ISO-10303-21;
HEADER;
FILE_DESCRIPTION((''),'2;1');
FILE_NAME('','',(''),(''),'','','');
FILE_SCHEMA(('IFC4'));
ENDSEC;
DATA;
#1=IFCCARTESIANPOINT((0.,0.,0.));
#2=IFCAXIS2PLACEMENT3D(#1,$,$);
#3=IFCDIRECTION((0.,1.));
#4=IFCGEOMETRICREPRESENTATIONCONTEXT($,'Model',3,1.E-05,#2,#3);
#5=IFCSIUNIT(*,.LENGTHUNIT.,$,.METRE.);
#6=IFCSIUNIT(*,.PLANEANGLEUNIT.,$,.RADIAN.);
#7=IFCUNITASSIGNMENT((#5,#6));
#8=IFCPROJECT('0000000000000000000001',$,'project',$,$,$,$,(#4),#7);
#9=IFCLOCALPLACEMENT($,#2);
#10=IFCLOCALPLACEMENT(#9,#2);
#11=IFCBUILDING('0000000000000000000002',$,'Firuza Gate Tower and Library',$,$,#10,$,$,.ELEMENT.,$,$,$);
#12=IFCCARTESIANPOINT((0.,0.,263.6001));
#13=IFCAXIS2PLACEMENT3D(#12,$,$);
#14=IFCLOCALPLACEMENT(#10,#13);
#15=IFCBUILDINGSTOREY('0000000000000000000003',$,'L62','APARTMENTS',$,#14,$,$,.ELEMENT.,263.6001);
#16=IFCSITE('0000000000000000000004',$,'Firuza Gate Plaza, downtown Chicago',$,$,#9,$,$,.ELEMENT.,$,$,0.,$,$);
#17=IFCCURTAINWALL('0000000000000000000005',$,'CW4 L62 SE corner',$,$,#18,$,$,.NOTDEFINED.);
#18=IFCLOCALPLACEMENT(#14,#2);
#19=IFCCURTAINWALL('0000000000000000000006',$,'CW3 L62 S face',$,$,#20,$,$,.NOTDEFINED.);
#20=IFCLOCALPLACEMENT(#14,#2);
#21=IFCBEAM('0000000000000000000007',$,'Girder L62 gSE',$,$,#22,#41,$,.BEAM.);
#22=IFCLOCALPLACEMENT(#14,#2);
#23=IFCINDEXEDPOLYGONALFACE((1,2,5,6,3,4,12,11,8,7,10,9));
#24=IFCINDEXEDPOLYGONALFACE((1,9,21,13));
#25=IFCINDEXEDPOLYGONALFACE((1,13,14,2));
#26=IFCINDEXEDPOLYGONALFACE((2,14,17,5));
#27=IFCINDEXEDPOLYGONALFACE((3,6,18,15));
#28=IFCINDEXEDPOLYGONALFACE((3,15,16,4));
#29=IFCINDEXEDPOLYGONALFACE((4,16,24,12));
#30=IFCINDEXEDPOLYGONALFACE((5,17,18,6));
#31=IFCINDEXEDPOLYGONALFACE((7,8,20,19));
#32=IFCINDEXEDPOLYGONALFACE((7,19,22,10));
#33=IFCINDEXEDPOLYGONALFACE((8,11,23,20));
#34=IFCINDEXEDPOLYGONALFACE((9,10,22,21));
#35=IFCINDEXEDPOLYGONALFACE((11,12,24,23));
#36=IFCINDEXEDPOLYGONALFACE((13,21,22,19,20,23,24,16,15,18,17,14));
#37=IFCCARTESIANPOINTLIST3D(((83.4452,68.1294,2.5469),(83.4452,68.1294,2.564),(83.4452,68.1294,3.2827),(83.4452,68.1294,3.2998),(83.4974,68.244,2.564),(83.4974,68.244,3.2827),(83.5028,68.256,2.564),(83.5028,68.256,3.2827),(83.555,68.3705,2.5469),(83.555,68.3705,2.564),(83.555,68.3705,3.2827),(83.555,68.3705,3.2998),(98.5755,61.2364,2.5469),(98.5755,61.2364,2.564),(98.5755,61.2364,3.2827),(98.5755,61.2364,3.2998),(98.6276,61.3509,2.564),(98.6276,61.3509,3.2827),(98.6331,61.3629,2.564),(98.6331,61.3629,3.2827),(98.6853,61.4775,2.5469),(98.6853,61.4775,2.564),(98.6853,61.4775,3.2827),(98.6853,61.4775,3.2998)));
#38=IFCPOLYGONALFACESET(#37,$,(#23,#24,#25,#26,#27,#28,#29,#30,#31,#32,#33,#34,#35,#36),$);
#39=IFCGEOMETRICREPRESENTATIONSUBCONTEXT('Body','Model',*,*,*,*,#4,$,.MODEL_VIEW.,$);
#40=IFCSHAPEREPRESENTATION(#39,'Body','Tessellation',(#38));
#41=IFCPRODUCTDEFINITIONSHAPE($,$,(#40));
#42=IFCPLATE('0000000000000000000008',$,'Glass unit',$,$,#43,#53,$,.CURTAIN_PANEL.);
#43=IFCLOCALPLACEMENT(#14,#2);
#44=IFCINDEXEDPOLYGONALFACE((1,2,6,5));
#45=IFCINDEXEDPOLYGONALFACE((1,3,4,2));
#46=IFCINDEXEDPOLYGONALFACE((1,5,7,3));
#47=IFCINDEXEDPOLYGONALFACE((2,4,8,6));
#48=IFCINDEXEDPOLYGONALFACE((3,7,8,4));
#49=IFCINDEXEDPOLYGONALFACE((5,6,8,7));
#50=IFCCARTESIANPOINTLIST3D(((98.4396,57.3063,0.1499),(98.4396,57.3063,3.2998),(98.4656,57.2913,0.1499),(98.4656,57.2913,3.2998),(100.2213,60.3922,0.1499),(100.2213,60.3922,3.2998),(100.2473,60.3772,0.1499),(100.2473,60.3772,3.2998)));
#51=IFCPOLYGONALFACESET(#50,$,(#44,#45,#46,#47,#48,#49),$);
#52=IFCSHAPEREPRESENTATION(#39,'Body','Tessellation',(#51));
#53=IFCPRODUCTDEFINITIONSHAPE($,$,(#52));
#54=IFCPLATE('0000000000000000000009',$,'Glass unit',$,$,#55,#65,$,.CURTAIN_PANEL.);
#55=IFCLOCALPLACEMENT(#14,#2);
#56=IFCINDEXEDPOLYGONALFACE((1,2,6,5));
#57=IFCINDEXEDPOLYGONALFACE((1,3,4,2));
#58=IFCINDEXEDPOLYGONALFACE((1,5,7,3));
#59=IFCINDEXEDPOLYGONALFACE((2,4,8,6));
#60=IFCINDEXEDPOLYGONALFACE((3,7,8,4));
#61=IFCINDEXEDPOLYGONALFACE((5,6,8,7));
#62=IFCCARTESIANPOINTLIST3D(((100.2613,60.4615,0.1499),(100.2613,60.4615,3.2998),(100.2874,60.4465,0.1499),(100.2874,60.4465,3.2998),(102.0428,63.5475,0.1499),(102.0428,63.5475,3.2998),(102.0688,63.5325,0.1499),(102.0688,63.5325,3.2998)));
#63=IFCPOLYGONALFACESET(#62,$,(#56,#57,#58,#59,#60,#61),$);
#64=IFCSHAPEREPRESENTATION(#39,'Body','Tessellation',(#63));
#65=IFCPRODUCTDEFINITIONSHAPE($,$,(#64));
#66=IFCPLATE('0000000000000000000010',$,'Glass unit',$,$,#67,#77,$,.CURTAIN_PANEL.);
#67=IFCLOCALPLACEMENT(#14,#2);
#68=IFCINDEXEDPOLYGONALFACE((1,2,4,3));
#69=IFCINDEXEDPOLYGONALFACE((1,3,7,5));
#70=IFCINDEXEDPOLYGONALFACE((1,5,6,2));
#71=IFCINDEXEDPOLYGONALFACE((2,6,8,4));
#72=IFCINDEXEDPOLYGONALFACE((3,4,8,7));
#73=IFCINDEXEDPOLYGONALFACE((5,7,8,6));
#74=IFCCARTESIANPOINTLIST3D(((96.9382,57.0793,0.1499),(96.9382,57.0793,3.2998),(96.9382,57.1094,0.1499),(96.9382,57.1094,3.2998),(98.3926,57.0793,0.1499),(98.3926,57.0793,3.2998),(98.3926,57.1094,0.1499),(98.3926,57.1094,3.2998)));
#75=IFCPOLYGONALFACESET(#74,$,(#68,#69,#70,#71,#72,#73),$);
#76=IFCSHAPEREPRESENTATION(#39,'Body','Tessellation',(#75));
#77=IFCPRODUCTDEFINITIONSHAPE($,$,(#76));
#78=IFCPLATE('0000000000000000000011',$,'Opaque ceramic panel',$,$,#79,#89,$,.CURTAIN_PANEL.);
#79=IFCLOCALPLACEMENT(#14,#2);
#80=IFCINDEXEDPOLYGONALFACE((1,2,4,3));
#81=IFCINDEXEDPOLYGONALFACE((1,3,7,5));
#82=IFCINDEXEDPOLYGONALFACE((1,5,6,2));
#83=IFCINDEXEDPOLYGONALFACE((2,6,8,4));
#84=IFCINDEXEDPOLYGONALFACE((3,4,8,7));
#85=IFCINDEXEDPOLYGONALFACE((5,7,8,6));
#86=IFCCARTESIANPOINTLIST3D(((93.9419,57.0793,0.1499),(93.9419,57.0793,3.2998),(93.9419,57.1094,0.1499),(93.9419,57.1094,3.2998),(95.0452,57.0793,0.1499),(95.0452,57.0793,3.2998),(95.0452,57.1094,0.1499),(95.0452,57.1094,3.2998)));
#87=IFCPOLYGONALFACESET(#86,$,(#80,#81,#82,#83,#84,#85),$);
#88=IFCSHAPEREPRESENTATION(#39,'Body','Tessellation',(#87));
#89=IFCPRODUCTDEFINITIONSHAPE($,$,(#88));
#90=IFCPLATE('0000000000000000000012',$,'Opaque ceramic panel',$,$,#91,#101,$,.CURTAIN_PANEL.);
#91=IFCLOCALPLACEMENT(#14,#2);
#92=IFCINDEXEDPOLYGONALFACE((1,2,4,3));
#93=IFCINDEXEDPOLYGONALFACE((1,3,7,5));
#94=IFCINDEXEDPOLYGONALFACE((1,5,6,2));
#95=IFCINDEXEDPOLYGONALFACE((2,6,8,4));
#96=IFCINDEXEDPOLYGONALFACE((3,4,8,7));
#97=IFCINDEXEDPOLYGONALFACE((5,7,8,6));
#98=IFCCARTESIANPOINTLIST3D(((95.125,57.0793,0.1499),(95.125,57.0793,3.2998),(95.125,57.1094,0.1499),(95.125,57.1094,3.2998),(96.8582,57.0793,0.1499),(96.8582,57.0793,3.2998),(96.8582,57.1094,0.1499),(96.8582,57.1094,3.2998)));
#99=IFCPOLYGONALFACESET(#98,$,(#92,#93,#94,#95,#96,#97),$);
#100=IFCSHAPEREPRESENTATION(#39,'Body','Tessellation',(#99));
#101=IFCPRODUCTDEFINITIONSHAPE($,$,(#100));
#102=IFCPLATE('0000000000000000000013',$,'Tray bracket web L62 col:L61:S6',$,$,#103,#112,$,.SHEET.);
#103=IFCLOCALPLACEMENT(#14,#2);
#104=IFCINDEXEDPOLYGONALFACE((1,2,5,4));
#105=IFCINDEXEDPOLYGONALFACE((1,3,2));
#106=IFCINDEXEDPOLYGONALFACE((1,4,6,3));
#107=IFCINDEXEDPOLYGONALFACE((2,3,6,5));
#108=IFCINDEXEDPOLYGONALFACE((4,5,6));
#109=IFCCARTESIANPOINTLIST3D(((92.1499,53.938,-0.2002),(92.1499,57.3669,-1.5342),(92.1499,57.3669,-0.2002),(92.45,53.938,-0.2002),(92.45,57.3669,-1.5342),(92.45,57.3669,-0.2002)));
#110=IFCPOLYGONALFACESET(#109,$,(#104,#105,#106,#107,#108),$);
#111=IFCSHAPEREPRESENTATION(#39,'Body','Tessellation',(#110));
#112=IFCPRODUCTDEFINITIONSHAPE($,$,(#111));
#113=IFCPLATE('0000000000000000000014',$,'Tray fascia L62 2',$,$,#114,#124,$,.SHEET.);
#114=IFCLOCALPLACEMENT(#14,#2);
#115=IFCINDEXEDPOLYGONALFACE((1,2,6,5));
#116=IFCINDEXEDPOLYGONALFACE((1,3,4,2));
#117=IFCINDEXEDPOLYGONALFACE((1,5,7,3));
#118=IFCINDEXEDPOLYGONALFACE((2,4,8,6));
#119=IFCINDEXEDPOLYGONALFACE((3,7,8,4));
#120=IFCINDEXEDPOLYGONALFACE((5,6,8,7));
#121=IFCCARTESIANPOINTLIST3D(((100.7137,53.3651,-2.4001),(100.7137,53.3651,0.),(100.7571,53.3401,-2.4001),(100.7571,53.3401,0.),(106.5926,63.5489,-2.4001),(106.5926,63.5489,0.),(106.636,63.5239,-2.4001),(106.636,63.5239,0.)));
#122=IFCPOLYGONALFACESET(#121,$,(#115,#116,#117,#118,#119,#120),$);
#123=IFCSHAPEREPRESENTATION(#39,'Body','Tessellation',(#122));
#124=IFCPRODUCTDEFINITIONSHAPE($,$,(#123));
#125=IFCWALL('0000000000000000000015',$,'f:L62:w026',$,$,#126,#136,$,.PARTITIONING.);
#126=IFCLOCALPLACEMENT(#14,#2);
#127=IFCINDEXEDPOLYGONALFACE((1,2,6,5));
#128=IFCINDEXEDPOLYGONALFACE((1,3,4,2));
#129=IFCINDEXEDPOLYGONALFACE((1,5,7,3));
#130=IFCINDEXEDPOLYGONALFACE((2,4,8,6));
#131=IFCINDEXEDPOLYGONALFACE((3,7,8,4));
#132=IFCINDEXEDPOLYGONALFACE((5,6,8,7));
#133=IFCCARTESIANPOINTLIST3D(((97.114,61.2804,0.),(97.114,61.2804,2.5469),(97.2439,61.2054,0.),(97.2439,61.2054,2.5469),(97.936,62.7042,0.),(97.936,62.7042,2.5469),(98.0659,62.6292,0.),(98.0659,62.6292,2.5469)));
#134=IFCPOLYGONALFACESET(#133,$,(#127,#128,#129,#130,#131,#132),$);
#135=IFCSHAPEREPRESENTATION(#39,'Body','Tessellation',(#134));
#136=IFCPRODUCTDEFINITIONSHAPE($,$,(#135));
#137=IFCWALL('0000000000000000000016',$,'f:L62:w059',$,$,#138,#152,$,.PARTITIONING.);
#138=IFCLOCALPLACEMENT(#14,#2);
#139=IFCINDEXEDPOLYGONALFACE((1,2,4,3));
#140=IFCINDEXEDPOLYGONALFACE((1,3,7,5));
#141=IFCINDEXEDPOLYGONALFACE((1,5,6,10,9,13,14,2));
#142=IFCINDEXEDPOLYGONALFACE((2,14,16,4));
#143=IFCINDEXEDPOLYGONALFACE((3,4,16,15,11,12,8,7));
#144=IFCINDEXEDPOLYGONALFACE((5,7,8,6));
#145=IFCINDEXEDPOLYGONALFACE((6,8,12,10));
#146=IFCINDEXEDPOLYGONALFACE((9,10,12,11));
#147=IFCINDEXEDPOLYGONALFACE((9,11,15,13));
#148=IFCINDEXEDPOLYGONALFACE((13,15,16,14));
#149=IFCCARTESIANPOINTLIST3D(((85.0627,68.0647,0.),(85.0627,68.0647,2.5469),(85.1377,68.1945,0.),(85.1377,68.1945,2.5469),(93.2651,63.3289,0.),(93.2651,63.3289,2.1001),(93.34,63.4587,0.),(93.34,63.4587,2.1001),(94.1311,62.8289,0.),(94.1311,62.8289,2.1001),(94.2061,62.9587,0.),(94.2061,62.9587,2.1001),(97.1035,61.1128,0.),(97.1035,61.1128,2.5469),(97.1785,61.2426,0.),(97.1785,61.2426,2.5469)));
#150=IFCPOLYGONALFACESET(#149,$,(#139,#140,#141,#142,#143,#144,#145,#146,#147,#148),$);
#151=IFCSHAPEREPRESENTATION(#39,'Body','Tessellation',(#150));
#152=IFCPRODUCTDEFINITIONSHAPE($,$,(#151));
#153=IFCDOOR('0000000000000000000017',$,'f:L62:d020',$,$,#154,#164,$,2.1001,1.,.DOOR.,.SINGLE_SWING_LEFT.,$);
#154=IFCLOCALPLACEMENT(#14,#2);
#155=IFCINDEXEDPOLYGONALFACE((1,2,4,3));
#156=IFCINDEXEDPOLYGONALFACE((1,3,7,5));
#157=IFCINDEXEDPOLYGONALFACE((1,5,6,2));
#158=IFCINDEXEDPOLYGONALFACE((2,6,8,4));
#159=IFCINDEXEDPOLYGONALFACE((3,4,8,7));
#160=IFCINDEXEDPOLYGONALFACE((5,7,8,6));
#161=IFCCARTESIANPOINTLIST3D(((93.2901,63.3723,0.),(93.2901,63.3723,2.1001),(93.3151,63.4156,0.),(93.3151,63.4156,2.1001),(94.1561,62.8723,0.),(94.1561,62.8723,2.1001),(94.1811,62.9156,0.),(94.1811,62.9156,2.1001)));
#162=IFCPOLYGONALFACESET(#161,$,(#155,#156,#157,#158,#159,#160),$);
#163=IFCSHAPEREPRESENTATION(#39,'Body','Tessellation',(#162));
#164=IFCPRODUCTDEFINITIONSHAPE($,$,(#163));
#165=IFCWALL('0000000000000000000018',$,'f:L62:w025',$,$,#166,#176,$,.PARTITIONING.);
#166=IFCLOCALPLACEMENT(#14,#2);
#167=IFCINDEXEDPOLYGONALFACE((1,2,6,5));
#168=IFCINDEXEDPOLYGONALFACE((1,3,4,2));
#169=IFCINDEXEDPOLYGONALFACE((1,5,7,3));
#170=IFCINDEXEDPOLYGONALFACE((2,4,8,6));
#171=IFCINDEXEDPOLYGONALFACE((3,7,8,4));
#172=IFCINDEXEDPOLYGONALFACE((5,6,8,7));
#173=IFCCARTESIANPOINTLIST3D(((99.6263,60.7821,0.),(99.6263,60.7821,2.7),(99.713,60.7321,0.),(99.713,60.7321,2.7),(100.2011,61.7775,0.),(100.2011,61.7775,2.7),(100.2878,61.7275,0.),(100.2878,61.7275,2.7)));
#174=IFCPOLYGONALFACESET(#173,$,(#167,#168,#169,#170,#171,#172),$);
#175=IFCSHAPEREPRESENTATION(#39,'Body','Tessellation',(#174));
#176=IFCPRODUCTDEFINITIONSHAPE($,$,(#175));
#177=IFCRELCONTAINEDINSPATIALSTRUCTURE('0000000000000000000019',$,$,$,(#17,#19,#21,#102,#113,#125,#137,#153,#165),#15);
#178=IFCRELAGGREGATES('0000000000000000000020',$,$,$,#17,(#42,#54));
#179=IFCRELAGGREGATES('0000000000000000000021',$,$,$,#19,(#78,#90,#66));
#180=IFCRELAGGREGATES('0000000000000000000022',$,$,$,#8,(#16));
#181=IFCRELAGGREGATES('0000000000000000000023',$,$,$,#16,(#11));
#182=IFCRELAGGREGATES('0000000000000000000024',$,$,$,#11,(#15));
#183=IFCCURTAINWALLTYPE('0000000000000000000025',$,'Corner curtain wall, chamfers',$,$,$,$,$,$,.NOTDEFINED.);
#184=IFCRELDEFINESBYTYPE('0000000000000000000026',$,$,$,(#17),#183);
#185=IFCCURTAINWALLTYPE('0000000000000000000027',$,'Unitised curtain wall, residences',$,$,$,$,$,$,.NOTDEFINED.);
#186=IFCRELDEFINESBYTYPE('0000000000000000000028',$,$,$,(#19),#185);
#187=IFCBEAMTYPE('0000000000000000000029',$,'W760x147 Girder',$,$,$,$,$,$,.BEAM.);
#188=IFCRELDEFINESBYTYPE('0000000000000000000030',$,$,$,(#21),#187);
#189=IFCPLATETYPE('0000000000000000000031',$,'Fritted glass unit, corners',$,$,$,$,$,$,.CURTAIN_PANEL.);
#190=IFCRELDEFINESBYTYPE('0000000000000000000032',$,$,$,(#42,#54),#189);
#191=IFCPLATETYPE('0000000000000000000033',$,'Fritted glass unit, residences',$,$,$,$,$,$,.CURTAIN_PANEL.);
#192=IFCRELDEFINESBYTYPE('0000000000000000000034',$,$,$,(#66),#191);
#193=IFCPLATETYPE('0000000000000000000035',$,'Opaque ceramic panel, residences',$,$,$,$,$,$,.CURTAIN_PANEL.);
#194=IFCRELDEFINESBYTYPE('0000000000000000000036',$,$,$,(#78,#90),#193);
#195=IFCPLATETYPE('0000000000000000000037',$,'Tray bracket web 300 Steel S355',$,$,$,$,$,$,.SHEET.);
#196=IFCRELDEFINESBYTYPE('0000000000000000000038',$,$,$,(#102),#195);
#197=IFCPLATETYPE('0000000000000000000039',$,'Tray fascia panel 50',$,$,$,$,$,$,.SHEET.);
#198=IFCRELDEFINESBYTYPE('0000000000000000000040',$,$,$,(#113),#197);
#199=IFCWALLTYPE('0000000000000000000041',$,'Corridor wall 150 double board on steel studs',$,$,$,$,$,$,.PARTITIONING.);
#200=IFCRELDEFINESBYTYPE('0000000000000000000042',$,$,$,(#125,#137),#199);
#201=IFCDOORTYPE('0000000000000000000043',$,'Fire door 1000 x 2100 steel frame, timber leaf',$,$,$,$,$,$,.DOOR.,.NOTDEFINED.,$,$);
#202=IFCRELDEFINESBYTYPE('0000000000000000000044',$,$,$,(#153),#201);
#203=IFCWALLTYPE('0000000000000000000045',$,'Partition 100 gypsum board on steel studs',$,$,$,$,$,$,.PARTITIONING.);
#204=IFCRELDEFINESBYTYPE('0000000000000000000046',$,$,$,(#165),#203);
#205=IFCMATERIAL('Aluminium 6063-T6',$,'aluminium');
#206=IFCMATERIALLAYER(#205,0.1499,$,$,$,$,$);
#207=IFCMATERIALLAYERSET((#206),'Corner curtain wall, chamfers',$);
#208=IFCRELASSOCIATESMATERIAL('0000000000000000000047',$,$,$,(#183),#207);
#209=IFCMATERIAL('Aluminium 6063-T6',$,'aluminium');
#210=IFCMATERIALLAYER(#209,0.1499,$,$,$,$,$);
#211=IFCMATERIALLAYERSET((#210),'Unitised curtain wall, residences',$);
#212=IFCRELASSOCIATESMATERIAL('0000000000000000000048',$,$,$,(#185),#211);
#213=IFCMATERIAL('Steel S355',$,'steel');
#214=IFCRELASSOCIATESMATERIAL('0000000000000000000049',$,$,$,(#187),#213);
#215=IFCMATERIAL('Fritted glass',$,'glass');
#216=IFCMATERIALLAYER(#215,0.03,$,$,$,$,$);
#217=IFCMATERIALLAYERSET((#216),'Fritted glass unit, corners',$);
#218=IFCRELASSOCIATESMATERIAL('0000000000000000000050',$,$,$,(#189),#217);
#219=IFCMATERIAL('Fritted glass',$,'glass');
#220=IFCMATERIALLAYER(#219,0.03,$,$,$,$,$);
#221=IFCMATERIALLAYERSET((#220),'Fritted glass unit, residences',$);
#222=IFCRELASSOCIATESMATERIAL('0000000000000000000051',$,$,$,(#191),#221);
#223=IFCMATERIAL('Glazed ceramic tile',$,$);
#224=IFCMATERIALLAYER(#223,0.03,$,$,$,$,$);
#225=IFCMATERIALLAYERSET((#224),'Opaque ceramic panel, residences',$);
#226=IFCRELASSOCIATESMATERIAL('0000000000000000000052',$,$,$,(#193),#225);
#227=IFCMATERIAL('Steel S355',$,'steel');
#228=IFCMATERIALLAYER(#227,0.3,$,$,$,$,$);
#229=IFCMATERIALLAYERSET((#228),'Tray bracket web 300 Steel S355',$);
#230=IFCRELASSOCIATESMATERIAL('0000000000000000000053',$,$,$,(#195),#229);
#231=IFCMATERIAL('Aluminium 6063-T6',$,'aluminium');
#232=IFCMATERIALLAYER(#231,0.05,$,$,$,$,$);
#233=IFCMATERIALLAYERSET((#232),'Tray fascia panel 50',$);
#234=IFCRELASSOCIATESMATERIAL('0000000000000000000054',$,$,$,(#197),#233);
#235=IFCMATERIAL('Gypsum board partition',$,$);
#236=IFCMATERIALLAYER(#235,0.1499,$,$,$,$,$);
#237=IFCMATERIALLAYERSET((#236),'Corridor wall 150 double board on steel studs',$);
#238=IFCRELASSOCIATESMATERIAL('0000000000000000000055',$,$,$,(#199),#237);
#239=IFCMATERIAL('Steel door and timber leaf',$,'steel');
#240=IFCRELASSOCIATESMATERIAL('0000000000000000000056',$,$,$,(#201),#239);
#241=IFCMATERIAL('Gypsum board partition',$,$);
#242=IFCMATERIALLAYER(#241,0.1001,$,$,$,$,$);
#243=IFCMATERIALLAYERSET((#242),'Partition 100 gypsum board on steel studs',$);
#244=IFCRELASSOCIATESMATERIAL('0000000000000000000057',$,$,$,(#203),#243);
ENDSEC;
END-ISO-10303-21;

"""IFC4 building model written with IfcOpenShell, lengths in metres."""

from ifc_helpers import new_model, si_unit, direction, frame, frame_2d, origin, origin_2d, place, context, subcontext, project, spatial, polyline, rectangle, i_section, outline, extrude, material, layer, layer_set, material_profile, profile_set, type_object, element, fill, aggregate, save


model = new_model("IFC4")

# Units and contexts
model_context = context("Model", 3, precision=1e-05, world=origin(), true_north=direction((0.0, 1.0)))
body_context = subcontext(model_context, "Body", "Model", "MODEL_VIEW")
ifc_project = project(units=[si_unit("LENGTHUNIT", "METRE"), si_unit("PLANEANGLEUNIT", "RADIAN")], contexts=[model_context])

# Site, building, storey
site_placement = place(None, origin())
site = spatial("IfcSite", under=ifc_project, at=site_placement, Name="Firuza Gate Plaza, downtown Chicago", CompositionType="ELEMENT", RefElevation=0.0)
building_placement = place(site_placement, origin())
building = spatial("IfcBuilding", under=site, at=building_placement, Name="Firuza Gate Tower and Library", CompositionType="ELEMENT")
storey_placement = place(building_placement, frame((0.0, 0.0, 263.6001)))
storey = spatial("IfcBuildingStorey", under=building, at=storey_placement, Name="L62", Description="APARTMENTS", CompositionType="ELEMENT", Elevation=263.6001)

# Curtain walls
ifc_material_1 = material(Name="Aluminium 6063-T6", Category="aluminium")
ifc_layer_1 = layer(ifc_material_1, 0.1499)
ifc_layer_set_1 = layer_set([ifc_layer_1], Name="Corner curtain wall, chamfers")
curtain_wall_type_1 = type_object("IfcCurtainWallType", Name="Corner curtain wall, chamfers", PredefinedType="NOTDEFINED", material=ifc_layer_set_1)
placement = place(storey_placement, origin())
curtain_wall_1 = element("IfcCurtainWall", 1, at=placement, inside=storey, type_object=curtain_wall_type_1, Name="CW4 L62 SE corner", PredefinedType="NOTDEFINED")
ifc_material_2 = material(Name="Aluminium 6063-T6", Category="aluminium")
ifc_layer_2 = layer(ifc_material_2, 0.1499)
ifc_layer_set_2 = layer_set([ifc_layer_2], Name="Unitised curtain wall, residences")
curtain_wall_type_2 = type_object("IfcCurtainWallType", Name="Unitised curtain wall, residences", PredefinedType="NOTDEFINED", material=ifc_layer_set_2)
curtain_wall_2 = element("IfcCurtainWall", 2, at=placement, inside=storey, type_object=curtain_wall_type_2, Name="CW3 L62 S face", PredefinedType="NOTDEFINED")

# Beam
ifc_material_3 = material(Name="Steel S355", Category="steel")
ifc_material_profile_1 = material_profile(ifc_material_3, i_section(OverallWidth=0.2649, OverallDepth=0.7529, WebThickness=0.0132, FlangeThickness=0.0171, at=origin_2d()))
ifc_profile_set_1 = profile_set([ifc_material_profile_1], Name="Steel S355")
beam_type_1 = type_object("IfcBeamType", Name="W760x147 Girder", PredefinedType="BEAM", material=ifc_profile_set_1)
beam_1_placement = place(storey_placement, frame((98.6304, 61.3569, 2.9233), z_axis=(-0.910012, 0.414582, 0.0), x_axis=(-0.414582, -0.910012, 0.0)))
element("IfcBeam", 3, at=beam_1_placement, inside=storey, type_object=beam_type_1, Name="Girder L62 gSE", PredefinedType="BEAM", context=body_context, shape_type="SweptSolid", body=[
    extrude(i_section(OverallWidth=0.2649, OverallDepth=0.7529, WebThickness=0.0132, FlangeThickness=0.0171, at=origin_2d()), origin(), (0.0, 0.0, 1.0), 16.6265),
])

# Plates
ifc_material_4 = material(Name="Fritted glass", Category="glass")
ifc_layer_3 = layer(ifc_material_4, 0.03)
ifc_layer_set_3 = layer_set([ifc_layer_3], Name="Fritted glass unit, corners")
plate_type_1 = type_object("IfcPlateType", Name="Fritted glass unit, corners", PredefinedType="CURTAIN_PANEL", material=ifc_layer_set_3)
plate_1_placement = place(storey_placement, frame((98.4656, 57.2913, 0.1499), z_axis=(0.866017, -0.500015, 0.0), x_axis=(0.500015, 0.866017, 0.0)))
plate_1 = element("IfcPlate", 4, at=plate_1_placement, type_object=plate_type_1, Name="Glass unit", PredefinedType="CURTAIN_PANEL", context=body_context, shape_type="SweptSolid", body=[
    extrude(outline(polyline([(0.0, 0.0), (3.5634, 0.0), (3.5634, 3.1499), (0.0, 3.1499), (0.0, 0.0)])), origin(), (0.0, 0.0, -1.0), 0.03),
])
plate_2_placement = place(storey_placement, frame((100.2874, 60.4465, 0.1499), z_axis=(0.866046, -0.499964, 0.0), x_axis=(0.499964, 0.866046, 0.0)))
plate_2 = element("IfcPlate", 5, at=plate_2_placement, type_object=plate_type_1, Name="Glass unit", PredefinedType="CURTAIN_PANEL", context=body_context, shape_type="SweptSolid", body=[
    extrude(outline(polyline([(0.0, 0.0), (3.5632, 0.0), (3.5632, 3.1499), (0.0, 3.1499), (0.0, 0.0)])), origin(), (0.0, 0.0, -1.0), 0.03),
])
aggregate(curtain_wall_1, [plate_1, plate_2])
ifc_material_5 = material(Name="Fritted glass", Category="glass")
ifc_layer_4 = layer(ifc_material_5, 0.03)
ifc_layer_set_4 = layer_set([ifc_layer_4], Name="Fritted glass unit, residences")
plate_type_2 = type_object("IfcPlateType", Name="Fritted glass unit, residences", PredefinedType="CURTAIN_PANEL", material=ifc_layer_set_4)
plate_3_placement = place(storey_placement, frame((96.9382, 57.0793, 0.1499), z_axis=(0.0, -1.0, 0.0), x_axis=(1.0, 0.0, 0.0)))
plate_3 = element("IfcPlate", 6, at=plate_3_placement, type_object=plate_type_2, Name="Glass unit", PredefinedType="CURTAIN_PANEL", context=body_context, shape_type="SweptSolid", body=[
    extrude(outline(polyline([(0.0, 0.0), (1.4543, 0.0), (1.4543, 3.1499), (0.0, 3.1499), (0.0, 0.0)])), origin(), (0.0, 0.0, -1.0), 0.03),
])
ifc_material_6 = material(Name="Glazed ceramic tile")
ifc_layer_5 = layer(ifc_material_6, 0.03)
ifc_layer_set_5 = layer_set([ifc_layer_5], Name="Opaque ceramic panel, residences")
plate_type_3 = type_object("IfcPlateType", Name="Opaque ceramic panel, residences", PredefinedType="CURTAIN_PANEL", material=ifc_layer_set_5)
plate_4_placement = place(storey_placement, frame((93.9419, 57.0793, 0.1499), z_axis=(0.0, -1.0, 0.0), x_axis=(1.0, 0.0, 0.0)))
plate_4 = element("IfcPlate", 7, at=plate_4_placement, type_object=plate_type_3, Name="Opaque ceramic panel", PredefinedType="CURTAIN_PANEL", context=body_context, shape_type="SweptSolid", body=[
    extrude(outline(polyline([(0.0, 0.0), (1.1033, 0.0), (1.1033, 3.1499), (0.0, 3.1499), (0.0, 0.0)])), origin(), (0.0, 0.0, -1.0), 0.03),
])
plate_5_placement = place(storey_placement, frame((95.125, 57.0793, 0.1499), z_axis=(0.0, -1.0, 0.0), x_axis=(1.0, 0.0, 0.0)))
plate_5 = element("IfcPlate", 8, at=plate_5_placement, type_object=plate_type_3, Name="Opaque ceramic panel", PredefinedType="CURTAIN_PANEL", context=body_context, shape_type="SweptSolid", body=[
    extrude(outline(polyline([(0.0, 0.0), (1.7332, 0.0), (1.7332, 3.1499), (0.0, 3.1499), (0.0, 0.0)])), origin(), (0.0, 0.0, -1.0), 0.03),
])
aggregate(curtain_wall_2, [plate_4, plate_5, plate_3])

# Plates
ifc_material_7 = material(Name="Steel S355", Category="steel")
ifc_layer_6 = layer(ifc_material_7, 0.3)
ifc_layer_set_6 = layer_set([ifc_layer_6], Name="Tray bracket web 300 Steel S355")
plate_type_4 = type_object("IfcPlateType", Name="Tray bracket web 300 Steel S355", PredefinedType="SHEET", material=ifc_layer_set_6)
plate_6_placement = place(storey_placement, frame((92.45, 57.3669, -0.2002), z_axis=(1.0, 0.0, 0.0), x_axis=(0.0, -1.0, 0.0)))
element("IfcPlate", 9, at=plate_6_placement, inside=storey, type_object=plate_type_4, Name="Tray bracket web L62 col:L61:S6", PredefinedType="SHEET", context=body_context, shape_type="SweptSolid", body=[
    extrude(outline(polyline([(0.0, 0.0), (3.429, 0.0), (0.0, 1.334), (0.0, 0.0)])), origin(), (0.0, 0.0, -1.0), 0.3),
])
ifc_material_8 = material(Name="Aluminium 6063-T6", Category="aluminium")
ifc_layer_7 = layer(ifc_material_8, 0.05)
ifc_layer_set_7 = layer_set([ifc_layer_7], Name="Tray fascia panel 50")
plate_type_5 = type_object("IfcPlateType", Name="Tray fascia panel 50", PredefinedType="SHEET", material=ifc_layer_set_7)
plate_7_placement = place(storey_placement, frame((100.7571, 53.3401, -2.4001), z_axis=(0.866052, -0.499953, 0.0), x_axis=(0.499953, 0.866052, 0.0)))
element("IfcPlate", 10, at=plate_7_placement, inside=storey, type_object=plate_type_5, Name="Tray fascia L62 2", PredefinedType="SHEET", context=body_context, shape_type="SweptSolid", body=[
    extrude(outline(polyline([(0.0, 0.0), (11.7589, 0.0), (11.7589, 2.4001), (0.0, 2.4001), (0.0, 0.0)])), origin(), (0.0, 0.0, -1.0), 0.05),
])

# Wall
ifc_material_9 = material(Name="Gypsum board partition")
ifc_layer_8 = layer(ifc_material_9, 0.1499)
ifc_layer_set_8 = layer_set([ifc_layer_8], Name="Corridor wall 150 double board on steel studs")
wall_type_1 = type_object("IfcWallType", Name="Corridor wall 150 double board on steel studs", PredefinedType="PARTITIONING", material=ifc_layer_set_8)
wall_1_placement = place(storey_placement, frame((97.179, 61.2429, 0.0), z_axis=(0.0, 0.0, 1.0), x_axis=(0.499988, 0.866032, 0.0)))
element("IfcWall", 11, at=wall_1_placement, inside=storey, type_object=wall_type_1, Name="f:L62:w026", PredefinedType="PARTITIONING", context=body_context, shape_type="SweptSolid", body=[
    extrude(rectangle(XDim=1.644, YDim=0.1499, at=frame_2d((0.822, 0.0))), origin(), (0.0, 0.0, 1.0), 2.5469),
])

# Wall, opening, door
wall_2_placement = place(storey_placement, frame((97.1409, 61.1777, 0.0), z_axis=(0.0, 0.0, 1.0), x_axis=(-0.86602, 0.500009, 0.0)))
wall_2 = element("IfcWall", 12, at=wall_2_placement, inside=storey, type_object=wall_type_1, Name="f:L62:w059", PredefinedType="PARTITIONING", context=body_context, shape_type="SweptSolid", body=[
    extrude(rectangle(XDim=13.9036, YDim=0.1499, at=frame_2d((6.9517, 0.0))), origin(), (0.0, 0.0, 1.0), 2.5469),
])
opening_placement = place(wall_2_placement, frame((3.4321, 0.0, 0.0)))
opening = element("IfcOpeningElement", 13, at=opening_placement, cuts=wall_2, PredefinedType="OPENING", context=body_context, shape_type="SweptSolid", body=[
    extrude(rectangle(XDim=1.0, YDim=2.1001, at=frame_2d((0.5, 1.05))), frame((0.0, 0.085, 0.0), z_axis=(0.0, -1.0, 0.0), x_axis=(1.0, 0.0, 0.0)), (0.0, 0.0, 1.0), 0.1699),
])
ifc_material_10 = material(Name="Steel door and timber leaf", Category="steel")
door_type = type_object("IfcDoorType", Name="Fire door 1000 x 2100 steel frame, timber leaf", OperationType="NOTDEFINED", PredefinedType="DOOR", material=ifc_material_10)
door_placement = place(opening_placement, origin())
door = element("IfcDoor", 14, at=door_placement, inside=storey, type_object=door_type, Name="f:L62:d020", OperationType="SINGLE_SWING_LEFT", OverallHeight=2.1001, OverallWidth=1.0, PredefinedType="DOOR", context=body_context, shape_type="SweptSolid", body=[
    extrude(rectangle(XDim=1.0, YDim=2.1001, at=frame_2d((0.5, 1.05))), frame((0.0, 0.0249, 0.0), z_axis=(0.0, -1.0, 0.0), x_axis=(1.0, 0.0, 0.0)), (0.0, 0.0, 1.0), 0.05),
])
fill(opening, door)

# Wall
ifc_material_11 = material(Name="Gypsum board partition")
ifc_layer_9 = layer(ifc_material_11, 0.1001)
ifc_layer_set_9 = layer_set([ifc_layer_9], Name="Partition 100 gypsum board on steel studs")
wall_type_2 = type_object("IfcWallType", Name="Partition 100 gypsum board on steel studs", PredefinedType="PARTITIONING", material=ifc_layer_set_9)
wall_3_placement = place(storey_placement, frame((99.6697, 60.7571, 0.0), z_axis=(0.0, 0.0, 1.0), x_axis=(0.500023, 0.866012, 0.0)))
element("IfcWall", 15, at=wall_3_placement, inside=storey, type_object=wall_type_2, Name="f:L62:w025", PredefinedType="PARTITIONING", context=body_context, shape_type="SweptSolid", body=[
    extrude(rectangle(XDim=1.1494, YDim=0.1001, at=frame_2d((0.5747, 0.0))), origin(), (0.0, 0.0, 1.0), 2.7),
])

save(model, "model.ifc")
